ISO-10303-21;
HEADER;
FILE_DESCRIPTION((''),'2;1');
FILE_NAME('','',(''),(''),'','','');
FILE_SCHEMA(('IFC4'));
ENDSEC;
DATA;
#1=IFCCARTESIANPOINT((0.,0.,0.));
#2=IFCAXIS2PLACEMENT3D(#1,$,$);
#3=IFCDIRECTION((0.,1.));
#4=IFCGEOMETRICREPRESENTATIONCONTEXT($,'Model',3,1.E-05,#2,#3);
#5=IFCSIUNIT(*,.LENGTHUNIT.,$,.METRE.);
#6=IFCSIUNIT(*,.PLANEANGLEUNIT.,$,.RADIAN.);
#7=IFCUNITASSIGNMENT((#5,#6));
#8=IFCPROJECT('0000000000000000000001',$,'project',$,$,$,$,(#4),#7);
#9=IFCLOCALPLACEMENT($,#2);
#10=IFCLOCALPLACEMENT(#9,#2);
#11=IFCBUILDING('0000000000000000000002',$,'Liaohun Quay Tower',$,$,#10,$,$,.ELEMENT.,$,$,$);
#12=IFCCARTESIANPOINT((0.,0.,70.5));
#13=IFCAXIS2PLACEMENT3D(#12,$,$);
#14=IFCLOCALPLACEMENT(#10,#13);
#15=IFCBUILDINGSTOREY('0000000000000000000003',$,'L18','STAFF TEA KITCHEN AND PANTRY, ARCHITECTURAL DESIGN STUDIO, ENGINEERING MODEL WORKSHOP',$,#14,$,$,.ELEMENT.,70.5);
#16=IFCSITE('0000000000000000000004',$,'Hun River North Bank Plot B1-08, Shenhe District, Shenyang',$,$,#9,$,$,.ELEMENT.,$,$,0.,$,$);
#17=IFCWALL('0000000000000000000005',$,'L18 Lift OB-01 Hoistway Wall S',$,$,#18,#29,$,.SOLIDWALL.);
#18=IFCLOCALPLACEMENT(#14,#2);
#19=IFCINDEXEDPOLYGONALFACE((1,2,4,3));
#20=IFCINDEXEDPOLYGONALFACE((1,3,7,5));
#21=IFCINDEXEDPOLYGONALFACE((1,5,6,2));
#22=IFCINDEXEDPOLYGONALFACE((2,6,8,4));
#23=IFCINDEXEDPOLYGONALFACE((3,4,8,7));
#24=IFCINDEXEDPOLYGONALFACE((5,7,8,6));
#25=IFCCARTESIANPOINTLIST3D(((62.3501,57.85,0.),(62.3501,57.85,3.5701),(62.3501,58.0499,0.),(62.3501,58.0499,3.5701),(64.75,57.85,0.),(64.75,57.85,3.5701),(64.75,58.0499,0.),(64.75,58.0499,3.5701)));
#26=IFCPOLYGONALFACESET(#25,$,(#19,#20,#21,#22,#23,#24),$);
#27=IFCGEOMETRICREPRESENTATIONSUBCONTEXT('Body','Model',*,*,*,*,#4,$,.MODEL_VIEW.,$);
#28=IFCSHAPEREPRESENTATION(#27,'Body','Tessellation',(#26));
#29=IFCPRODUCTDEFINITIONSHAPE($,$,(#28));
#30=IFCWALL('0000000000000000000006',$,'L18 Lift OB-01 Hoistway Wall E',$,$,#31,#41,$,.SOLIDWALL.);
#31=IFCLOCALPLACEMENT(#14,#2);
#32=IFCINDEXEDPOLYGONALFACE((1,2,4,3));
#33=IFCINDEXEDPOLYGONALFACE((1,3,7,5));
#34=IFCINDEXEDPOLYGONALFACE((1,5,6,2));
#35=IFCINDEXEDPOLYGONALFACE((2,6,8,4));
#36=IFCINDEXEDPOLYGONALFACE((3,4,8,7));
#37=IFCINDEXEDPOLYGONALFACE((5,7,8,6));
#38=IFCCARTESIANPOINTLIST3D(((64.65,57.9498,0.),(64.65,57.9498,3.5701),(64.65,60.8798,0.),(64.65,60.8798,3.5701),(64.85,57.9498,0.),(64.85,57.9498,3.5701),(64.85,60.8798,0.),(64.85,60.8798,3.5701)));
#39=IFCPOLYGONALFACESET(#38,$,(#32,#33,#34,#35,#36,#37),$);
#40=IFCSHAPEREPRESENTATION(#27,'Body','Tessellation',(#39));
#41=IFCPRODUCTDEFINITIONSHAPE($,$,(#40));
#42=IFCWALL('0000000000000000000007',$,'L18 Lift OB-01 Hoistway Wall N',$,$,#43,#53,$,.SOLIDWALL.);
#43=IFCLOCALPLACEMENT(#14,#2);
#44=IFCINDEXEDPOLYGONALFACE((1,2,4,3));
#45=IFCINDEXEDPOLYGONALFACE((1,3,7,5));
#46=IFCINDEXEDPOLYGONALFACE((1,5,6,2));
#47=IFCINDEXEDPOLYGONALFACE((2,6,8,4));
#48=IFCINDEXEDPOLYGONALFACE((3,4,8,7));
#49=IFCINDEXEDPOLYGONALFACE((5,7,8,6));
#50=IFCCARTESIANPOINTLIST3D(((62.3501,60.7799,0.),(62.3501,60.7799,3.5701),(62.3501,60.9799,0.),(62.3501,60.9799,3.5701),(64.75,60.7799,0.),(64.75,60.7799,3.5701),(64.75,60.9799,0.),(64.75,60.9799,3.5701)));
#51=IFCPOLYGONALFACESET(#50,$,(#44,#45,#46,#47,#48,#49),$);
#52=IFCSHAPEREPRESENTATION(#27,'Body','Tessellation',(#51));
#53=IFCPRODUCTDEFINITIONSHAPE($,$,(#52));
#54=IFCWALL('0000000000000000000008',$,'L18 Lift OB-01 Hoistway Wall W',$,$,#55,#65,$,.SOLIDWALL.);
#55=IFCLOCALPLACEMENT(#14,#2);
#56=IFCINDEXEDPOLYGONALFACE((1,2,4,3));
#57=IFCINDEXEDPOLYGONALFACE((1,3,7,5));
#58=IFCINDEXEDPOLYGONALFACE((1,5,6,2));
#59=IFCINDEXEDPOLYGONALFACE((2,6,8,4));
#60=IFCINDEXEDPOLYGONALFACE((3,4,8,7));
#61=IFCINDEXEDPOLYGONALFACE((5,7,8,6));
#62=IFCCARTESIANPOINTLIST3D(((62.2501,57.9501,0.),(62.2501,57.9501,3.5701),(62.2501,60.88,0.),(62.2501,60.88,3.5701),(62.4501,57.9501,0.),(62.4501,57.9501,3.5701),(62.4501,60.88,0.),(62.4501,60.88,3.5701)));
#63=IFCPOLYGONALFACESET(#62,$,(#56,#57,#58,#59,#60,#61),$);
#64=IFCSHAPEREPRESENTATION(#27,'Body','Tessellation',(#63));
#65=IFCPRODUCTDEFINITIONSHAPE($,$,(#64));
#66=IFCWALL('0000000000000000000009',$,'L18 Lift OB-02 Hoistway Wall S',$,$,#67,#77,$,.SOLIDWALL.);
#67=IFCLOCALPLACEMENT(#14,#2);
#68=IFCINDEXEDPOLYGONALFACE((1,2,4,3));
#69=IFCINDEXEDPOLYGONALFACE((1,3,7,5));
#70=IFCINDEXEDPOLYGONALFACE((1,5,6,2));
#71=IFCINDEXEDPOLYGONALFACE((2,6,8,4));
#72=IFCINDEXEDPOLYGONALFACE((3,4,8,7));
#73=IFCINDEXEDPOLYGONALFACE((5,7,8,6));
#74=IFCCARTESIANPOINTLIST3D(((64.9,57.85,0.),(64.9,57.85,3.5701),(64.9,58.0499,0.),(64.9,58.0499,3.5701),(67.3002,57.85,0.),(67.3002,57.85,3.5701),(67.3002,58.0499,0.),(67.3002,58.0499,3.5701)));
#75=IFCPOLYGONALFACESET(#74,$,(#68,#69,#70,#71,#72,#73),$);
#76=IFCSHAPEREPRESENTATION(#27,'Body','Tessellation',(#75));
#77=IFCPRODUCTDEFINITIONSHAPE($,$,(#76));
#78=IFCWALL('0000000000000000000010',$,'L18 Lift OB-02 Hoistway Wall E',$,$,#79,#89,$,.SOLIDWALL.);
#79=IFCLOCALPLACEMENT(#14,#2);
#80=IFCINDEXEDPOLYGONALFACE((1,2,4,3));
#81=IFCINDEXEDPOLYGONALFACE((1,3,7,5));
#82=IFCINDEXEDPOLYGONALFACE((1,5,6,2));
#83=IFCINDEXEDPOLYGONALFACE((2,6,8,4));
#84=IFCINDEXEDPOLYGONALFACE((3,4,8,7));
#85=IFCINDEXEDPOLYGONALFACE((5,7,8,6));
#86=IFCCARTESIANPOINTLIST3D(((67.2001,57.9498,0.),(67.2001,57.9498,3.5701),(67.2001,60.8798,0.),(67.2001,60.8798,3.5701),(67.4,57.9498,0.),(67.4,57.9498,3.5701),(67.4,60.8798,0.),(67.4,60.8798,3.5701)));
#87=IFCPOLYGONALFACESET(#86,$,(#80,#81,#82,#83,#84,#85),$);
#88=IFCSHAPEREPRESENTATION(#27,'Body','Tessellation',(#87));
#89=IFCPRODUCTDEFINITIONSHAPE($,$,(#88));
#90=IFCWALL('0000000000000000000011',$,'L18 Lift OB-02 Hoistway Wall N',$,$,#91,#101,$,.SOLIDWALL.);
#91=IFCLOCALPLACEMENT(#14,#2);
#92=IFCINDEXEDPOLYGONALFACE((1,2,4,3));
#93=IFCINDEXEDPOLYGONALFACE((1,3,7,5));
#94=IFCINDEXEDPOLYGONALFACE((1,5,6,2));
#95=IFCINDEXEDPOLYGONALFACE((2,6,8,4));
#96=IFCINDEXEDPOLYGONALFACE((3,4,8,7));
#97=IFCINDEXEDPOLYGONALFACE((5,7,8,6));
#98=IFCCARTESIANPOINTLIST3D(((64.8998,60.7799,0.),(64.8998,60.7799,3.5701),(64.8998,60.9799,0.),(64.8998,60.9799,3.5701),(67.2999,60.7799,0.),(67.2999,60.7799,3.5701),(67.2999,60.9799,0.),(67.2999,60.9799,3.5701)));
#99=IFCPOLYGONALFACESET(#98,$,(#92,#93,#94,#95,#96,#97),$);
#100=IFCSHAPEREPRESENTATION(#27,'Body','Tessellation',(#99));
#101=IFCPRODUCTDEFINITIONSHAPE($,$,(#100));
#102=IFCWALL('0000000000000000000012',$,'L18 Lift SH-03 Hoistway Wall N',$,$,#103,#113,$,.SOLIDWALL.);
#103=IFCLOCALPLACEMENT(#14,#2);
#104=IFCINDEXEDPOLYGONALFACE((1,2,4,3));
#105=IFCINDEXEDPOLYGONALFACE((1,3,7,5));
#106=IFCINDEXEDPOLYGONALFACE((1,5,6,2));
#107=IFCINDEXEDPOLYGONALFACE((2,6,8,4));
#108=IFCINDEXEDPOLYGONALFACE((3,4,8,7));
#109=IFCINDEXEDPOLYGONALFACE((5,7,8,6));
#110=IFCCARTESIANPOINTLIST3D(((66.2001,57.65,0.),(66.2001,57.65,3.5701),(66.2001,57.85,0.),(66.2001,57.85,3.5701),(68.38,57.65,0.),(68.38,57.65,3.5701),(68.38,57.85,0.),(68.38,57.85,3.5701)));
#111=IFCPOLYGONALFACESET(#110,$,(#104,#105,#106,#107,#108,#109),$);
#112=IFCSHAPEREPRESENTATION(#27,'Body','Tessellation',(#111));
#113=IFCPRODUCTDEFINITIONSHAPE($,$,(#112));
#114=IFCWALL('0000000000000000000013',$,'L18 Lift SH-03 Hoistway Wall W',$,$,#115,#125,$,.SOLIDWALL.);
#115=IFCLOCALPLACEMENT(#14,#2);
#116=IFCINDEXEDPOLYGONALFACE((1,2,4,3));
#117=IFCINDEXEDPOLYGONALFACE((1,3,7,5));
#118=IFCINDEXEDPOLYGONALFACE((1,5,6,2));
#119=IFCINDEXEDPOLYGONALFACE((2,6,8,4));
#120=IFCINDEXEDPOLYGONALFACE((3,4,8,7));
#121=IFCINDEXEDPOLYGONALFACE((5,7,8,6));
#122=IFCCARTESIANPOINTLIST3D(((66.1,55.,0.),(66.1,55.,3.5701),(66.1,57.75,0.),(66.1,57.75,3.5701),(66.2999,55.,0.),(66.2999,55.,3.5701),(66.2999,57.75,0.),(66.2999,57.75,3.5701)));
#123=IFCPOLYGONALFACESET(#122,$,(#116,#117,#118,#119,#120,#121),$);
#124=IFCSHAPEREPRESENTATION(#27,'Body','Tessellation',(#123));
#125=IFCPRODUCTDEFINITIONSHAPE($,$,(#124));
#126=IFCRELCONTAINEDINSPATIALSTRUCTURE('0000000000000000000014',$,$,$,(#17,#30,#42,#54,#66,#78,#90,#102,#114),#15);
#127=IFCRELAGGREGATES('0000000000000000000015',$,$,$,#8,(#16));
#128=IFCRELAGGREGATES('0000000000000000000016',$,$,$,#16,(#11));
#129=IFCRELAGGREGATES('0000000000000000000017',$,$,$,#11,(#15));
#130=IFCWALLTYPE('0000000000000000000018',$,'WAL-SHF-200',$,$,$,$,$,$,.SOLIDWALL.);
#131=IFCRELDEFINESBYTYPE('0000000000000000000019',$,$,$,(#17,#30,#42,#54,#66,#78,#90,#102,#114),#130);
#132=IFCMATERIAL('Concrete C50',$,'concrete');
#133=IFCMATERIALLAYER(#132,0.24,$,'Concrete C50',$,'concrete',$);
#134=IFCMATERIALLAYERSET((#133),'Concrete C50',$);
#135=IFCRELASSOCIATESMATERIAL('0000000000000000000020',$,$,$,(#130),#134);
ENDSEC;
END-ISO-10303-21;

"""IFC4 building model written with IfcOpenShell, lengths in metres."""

from ifc_helpers import new_model, si_unit, direction, frame, frame_2d, origin, place, context, subcontext, project, spatial, rectangle, extrude, material, layer, layer_set, type_object, element, save


model = new_model("IFC4")

# Units and contexts
model_context = context("Model", 3, precision=1e-05, world=origin(), true_north=direction((0.0, 1.0)))
body_context = subcontext(model_context, "Body", "Model", "MODEL_VIEW")
ifc_project = project(units=[si_unit("LENGTHUNIT", "METRE"), si_unit("PLANEANGLEUNIT", "RADIAN")], contexts=[model_context])

# Site, building, storey
site_placement = place(None, origin())
site = spatial("IfcSite", under=ifc_project, at=site_placement, Name="Hun River North Bank Plot B1-08, Shenhe District, Shenyang", CompositionType="ELEMENT", RefElevation=0.0)
building_placement = place(site_placement, origin())
building = spatial("IfcBuilding", under=site, at=building_placement, Name="Liaohun Quay Tower", CompositionType="ELEMENT")
storey_placement = place(building_placement, frame((0.0, 0.0, 70.5)))
storey = spatial("IfcBuildingStorey", under=building, at=storey_placement, Name="L18", Description="STAFF TEA KITCHEN AND PANTRY, ARCHITECTURAL DESIGN STUDIO, ENGINEERING MODEL WORKSHOP", CompositionType="ELEMENT", Elevation=70.5)

# Shared definitions
ifc_material_1 = material(Name="Concrete C50", Category="concrete")
ifc_layer_1 = layer(ifc_material_1, 0.24, Name="Concrete C50", Category="concrete")
ifc_layer_set_1 = layer_set([ifc_layer_1], Name="Concrete C50")
wall_type_1 = type_object("IfcWallType", Name="WAL-SHF-200", PredefinedType="SOLIDWALL", material=ifc_layer_set_1)

# Walls
wall_1_placement = place(storey_placement, frame((62.3501, 57.95, 0.0), z_axis=(0.0, 0.0, 1.0), x_axis=(1.0, 0.0, 0.0)))
element("IfcWall", 1, at=wall_1_placement, inside=storey, type_object=wall_type_1, Name="L18 Lift OB-01 Hoistway Wall S", PredefinedType="SOLIDWALL", context=body_context, shape_type="SweptSolid", body=[
    extrude(rectangle(XDim=2.3999, YDim=0.2, at=frame_2d((1.2, 0.0))), origin(), (0.0, 0.0, 1.0), 3.5701),
])
wall_2_placement = place(storey_placement, frame((64.75, 57.95, 0.0), z_axis=(0.0, 0.0, 1.0), x_axis=(0.0, 1.0, 0.0)))
element("IfcWall", 2, at=wall_2_placement, inside=storey, type_object=wall_type_1, Name="L18 Lift OB-01 Hoistway Wall E", PredefinedType="SOLIDWALL", context=body_context, shape_type="SweptSolid", body=[
    extrude(rectangle(XDim=2.9299, YDim=0.2, at=frame_2d((1.4648, 0.0))), origin(), (0.0, 0.0, 1.0), 3.5701),
])
wall_3_placement = place(storey_placement, frame((64.75, 60.8799, 0.0), z_axis=(0.0, 0.0, 1.0), x_axis=(-1.0, 0.0, 0.0)))
element("IfcWall", 3, at=wall_3_placement, inside=storey, type_object=wall_type_1, Name="L18 Lift OB-01 Hoistway Wall N", PredefinedType="SOLIDWALL", context=body_context, shape_type="SweptSolid", body=[
    extrude(rectangle(XDim=2.3999, YDim=0.2, at=frame_2d((1.2, 0.0))), origin(), (0.0, 0.0, 1.0), 3.5701),
])
wall_4_placement = place(storey_placement, frame((62.3501, 60.8799, 0.0), z_axis=(0.0, 0.0, 1.0), x_axis=(0.0, -1.0, 0.0)))
element("IfcWall", 4, at=wall_4_placement, inside=storey, type_object=wall_type_1, Name="L18 Lift OB-01 Hoistway Wall W", PredefinedType="SOLIDWALL", context=body_context, shape_type="SweptSolid", body=[
    extrude(rectangle(XDim=2.9299, YDim=0.2, at=frame_2d((1.4648, 0.0))), origin(), (0.0, 0.0, 1.0), 3.5701),
])
wall_5_placement = place(storey_placement, frame((64.8999, 57.95, 0.0), z_axis=(0.0, 0.0, 1.0), x_axis=(1.0, 0.0, 0.0)))
element("IfcWall", 5, at=wall_5_placement, inside=storey, type_object=wall_type_1, Name="L18 Lift OB-02 Hoistway Wall S", PredefinedType="SOLIDWALL", context=body_context, shape_type="SweptSolid", body=[
    extrude(rectangle(XDim=2.4001, YDim=0.2, at=frame_2d((1.2002, 0.0))), origin(), (0.0, 0.0, 1.0), 3.5701),
])
wall_6_placement = place(storey_placement, frame((67.3, 57.95, 0.0), z_axis=(0.0, 0.0, 1.0), x_axis=(0.0, 1.0, 0.0)))
element("IfcWall", 6, at=wall_6_placement, inside=storey, type_object=wall_type_1, Name="L18 Lift OB-02 Hoistway Wall E", PredefinedType="SOLIDWALL", context=body_context, shape_type="SweptSolid", body=[
    extrude(rectangle(XDim=2.9299, YDim=0.2, at=frame_2d((1.4648, 0.0))), origin(), (0.0, 0.0, 1.0), 3.5701),
])
wall_7_placement = place(storey_placement, frame((67.3, 60.8799, 0.0), z_axis=(0.0, 0.0, 1.0), x_axis=(-1.0, 0.0, 0.0)))
element("IfcWall", 7, at=wall_7_placement, inside=storey, type_object=wall_type_1, Name="L18 Lift OB-02 Hoistway Wall N", PredefinedType="SOLIDWALL", context=body_context, shape_type="SweptSolid", body=[
    extrude(rectangle(XDim=2.4001, YDim=0.2, at=frame_2d((1.2002, 0.0))), origin(), (0.0, 0.0, 1.0), 3.5701),
])
wall_8_placement = place(storey_placement, frame((68.3799, 57.75, 0.0), z_axis=(0.0, 0.0, 1.0), x_axis=(-1.0, 0.0, 0.0)))
element("IfcWall", 8, at=wall_8_placement, inside=storey, type_object=wall_type_1, Name="L18 Lift SH-03 Hoistway Wall N", PredefinedType="SOLIDWALL", context=body_context, shape_type="SweptSolid", body=[
    extrude(rectangle(XDim=2.1799, YDim=0.2, at=frame_2d((1.0898, 0.0))), origin(), (0.0, 0.0, 1.0), 3.5701),
])
wall_9_placement = place(storey_placement, frame((66.2, 57.75, 0.0), z_axis=(0.0, 0.0, 1.0), x_axis=(0.0, -1.0, 0.0)))
element("IfcWall", 9, at=wall_9_placement, inside=storey, type_object=wall_type_1, Name="L18 Lift SH-03 Hoistway Wall W", PredefinedType="SOLIDWALL", context=body_context, shape_type="SweptSolid", body=[
    extrude(rectangle(XDim=2.75, YDim=0.2, at=frame_2d((1.375, 0.0))), origin(), (0.0, 0.0, 1.0), 3.5701),
])

save(model, "model.ifc")
